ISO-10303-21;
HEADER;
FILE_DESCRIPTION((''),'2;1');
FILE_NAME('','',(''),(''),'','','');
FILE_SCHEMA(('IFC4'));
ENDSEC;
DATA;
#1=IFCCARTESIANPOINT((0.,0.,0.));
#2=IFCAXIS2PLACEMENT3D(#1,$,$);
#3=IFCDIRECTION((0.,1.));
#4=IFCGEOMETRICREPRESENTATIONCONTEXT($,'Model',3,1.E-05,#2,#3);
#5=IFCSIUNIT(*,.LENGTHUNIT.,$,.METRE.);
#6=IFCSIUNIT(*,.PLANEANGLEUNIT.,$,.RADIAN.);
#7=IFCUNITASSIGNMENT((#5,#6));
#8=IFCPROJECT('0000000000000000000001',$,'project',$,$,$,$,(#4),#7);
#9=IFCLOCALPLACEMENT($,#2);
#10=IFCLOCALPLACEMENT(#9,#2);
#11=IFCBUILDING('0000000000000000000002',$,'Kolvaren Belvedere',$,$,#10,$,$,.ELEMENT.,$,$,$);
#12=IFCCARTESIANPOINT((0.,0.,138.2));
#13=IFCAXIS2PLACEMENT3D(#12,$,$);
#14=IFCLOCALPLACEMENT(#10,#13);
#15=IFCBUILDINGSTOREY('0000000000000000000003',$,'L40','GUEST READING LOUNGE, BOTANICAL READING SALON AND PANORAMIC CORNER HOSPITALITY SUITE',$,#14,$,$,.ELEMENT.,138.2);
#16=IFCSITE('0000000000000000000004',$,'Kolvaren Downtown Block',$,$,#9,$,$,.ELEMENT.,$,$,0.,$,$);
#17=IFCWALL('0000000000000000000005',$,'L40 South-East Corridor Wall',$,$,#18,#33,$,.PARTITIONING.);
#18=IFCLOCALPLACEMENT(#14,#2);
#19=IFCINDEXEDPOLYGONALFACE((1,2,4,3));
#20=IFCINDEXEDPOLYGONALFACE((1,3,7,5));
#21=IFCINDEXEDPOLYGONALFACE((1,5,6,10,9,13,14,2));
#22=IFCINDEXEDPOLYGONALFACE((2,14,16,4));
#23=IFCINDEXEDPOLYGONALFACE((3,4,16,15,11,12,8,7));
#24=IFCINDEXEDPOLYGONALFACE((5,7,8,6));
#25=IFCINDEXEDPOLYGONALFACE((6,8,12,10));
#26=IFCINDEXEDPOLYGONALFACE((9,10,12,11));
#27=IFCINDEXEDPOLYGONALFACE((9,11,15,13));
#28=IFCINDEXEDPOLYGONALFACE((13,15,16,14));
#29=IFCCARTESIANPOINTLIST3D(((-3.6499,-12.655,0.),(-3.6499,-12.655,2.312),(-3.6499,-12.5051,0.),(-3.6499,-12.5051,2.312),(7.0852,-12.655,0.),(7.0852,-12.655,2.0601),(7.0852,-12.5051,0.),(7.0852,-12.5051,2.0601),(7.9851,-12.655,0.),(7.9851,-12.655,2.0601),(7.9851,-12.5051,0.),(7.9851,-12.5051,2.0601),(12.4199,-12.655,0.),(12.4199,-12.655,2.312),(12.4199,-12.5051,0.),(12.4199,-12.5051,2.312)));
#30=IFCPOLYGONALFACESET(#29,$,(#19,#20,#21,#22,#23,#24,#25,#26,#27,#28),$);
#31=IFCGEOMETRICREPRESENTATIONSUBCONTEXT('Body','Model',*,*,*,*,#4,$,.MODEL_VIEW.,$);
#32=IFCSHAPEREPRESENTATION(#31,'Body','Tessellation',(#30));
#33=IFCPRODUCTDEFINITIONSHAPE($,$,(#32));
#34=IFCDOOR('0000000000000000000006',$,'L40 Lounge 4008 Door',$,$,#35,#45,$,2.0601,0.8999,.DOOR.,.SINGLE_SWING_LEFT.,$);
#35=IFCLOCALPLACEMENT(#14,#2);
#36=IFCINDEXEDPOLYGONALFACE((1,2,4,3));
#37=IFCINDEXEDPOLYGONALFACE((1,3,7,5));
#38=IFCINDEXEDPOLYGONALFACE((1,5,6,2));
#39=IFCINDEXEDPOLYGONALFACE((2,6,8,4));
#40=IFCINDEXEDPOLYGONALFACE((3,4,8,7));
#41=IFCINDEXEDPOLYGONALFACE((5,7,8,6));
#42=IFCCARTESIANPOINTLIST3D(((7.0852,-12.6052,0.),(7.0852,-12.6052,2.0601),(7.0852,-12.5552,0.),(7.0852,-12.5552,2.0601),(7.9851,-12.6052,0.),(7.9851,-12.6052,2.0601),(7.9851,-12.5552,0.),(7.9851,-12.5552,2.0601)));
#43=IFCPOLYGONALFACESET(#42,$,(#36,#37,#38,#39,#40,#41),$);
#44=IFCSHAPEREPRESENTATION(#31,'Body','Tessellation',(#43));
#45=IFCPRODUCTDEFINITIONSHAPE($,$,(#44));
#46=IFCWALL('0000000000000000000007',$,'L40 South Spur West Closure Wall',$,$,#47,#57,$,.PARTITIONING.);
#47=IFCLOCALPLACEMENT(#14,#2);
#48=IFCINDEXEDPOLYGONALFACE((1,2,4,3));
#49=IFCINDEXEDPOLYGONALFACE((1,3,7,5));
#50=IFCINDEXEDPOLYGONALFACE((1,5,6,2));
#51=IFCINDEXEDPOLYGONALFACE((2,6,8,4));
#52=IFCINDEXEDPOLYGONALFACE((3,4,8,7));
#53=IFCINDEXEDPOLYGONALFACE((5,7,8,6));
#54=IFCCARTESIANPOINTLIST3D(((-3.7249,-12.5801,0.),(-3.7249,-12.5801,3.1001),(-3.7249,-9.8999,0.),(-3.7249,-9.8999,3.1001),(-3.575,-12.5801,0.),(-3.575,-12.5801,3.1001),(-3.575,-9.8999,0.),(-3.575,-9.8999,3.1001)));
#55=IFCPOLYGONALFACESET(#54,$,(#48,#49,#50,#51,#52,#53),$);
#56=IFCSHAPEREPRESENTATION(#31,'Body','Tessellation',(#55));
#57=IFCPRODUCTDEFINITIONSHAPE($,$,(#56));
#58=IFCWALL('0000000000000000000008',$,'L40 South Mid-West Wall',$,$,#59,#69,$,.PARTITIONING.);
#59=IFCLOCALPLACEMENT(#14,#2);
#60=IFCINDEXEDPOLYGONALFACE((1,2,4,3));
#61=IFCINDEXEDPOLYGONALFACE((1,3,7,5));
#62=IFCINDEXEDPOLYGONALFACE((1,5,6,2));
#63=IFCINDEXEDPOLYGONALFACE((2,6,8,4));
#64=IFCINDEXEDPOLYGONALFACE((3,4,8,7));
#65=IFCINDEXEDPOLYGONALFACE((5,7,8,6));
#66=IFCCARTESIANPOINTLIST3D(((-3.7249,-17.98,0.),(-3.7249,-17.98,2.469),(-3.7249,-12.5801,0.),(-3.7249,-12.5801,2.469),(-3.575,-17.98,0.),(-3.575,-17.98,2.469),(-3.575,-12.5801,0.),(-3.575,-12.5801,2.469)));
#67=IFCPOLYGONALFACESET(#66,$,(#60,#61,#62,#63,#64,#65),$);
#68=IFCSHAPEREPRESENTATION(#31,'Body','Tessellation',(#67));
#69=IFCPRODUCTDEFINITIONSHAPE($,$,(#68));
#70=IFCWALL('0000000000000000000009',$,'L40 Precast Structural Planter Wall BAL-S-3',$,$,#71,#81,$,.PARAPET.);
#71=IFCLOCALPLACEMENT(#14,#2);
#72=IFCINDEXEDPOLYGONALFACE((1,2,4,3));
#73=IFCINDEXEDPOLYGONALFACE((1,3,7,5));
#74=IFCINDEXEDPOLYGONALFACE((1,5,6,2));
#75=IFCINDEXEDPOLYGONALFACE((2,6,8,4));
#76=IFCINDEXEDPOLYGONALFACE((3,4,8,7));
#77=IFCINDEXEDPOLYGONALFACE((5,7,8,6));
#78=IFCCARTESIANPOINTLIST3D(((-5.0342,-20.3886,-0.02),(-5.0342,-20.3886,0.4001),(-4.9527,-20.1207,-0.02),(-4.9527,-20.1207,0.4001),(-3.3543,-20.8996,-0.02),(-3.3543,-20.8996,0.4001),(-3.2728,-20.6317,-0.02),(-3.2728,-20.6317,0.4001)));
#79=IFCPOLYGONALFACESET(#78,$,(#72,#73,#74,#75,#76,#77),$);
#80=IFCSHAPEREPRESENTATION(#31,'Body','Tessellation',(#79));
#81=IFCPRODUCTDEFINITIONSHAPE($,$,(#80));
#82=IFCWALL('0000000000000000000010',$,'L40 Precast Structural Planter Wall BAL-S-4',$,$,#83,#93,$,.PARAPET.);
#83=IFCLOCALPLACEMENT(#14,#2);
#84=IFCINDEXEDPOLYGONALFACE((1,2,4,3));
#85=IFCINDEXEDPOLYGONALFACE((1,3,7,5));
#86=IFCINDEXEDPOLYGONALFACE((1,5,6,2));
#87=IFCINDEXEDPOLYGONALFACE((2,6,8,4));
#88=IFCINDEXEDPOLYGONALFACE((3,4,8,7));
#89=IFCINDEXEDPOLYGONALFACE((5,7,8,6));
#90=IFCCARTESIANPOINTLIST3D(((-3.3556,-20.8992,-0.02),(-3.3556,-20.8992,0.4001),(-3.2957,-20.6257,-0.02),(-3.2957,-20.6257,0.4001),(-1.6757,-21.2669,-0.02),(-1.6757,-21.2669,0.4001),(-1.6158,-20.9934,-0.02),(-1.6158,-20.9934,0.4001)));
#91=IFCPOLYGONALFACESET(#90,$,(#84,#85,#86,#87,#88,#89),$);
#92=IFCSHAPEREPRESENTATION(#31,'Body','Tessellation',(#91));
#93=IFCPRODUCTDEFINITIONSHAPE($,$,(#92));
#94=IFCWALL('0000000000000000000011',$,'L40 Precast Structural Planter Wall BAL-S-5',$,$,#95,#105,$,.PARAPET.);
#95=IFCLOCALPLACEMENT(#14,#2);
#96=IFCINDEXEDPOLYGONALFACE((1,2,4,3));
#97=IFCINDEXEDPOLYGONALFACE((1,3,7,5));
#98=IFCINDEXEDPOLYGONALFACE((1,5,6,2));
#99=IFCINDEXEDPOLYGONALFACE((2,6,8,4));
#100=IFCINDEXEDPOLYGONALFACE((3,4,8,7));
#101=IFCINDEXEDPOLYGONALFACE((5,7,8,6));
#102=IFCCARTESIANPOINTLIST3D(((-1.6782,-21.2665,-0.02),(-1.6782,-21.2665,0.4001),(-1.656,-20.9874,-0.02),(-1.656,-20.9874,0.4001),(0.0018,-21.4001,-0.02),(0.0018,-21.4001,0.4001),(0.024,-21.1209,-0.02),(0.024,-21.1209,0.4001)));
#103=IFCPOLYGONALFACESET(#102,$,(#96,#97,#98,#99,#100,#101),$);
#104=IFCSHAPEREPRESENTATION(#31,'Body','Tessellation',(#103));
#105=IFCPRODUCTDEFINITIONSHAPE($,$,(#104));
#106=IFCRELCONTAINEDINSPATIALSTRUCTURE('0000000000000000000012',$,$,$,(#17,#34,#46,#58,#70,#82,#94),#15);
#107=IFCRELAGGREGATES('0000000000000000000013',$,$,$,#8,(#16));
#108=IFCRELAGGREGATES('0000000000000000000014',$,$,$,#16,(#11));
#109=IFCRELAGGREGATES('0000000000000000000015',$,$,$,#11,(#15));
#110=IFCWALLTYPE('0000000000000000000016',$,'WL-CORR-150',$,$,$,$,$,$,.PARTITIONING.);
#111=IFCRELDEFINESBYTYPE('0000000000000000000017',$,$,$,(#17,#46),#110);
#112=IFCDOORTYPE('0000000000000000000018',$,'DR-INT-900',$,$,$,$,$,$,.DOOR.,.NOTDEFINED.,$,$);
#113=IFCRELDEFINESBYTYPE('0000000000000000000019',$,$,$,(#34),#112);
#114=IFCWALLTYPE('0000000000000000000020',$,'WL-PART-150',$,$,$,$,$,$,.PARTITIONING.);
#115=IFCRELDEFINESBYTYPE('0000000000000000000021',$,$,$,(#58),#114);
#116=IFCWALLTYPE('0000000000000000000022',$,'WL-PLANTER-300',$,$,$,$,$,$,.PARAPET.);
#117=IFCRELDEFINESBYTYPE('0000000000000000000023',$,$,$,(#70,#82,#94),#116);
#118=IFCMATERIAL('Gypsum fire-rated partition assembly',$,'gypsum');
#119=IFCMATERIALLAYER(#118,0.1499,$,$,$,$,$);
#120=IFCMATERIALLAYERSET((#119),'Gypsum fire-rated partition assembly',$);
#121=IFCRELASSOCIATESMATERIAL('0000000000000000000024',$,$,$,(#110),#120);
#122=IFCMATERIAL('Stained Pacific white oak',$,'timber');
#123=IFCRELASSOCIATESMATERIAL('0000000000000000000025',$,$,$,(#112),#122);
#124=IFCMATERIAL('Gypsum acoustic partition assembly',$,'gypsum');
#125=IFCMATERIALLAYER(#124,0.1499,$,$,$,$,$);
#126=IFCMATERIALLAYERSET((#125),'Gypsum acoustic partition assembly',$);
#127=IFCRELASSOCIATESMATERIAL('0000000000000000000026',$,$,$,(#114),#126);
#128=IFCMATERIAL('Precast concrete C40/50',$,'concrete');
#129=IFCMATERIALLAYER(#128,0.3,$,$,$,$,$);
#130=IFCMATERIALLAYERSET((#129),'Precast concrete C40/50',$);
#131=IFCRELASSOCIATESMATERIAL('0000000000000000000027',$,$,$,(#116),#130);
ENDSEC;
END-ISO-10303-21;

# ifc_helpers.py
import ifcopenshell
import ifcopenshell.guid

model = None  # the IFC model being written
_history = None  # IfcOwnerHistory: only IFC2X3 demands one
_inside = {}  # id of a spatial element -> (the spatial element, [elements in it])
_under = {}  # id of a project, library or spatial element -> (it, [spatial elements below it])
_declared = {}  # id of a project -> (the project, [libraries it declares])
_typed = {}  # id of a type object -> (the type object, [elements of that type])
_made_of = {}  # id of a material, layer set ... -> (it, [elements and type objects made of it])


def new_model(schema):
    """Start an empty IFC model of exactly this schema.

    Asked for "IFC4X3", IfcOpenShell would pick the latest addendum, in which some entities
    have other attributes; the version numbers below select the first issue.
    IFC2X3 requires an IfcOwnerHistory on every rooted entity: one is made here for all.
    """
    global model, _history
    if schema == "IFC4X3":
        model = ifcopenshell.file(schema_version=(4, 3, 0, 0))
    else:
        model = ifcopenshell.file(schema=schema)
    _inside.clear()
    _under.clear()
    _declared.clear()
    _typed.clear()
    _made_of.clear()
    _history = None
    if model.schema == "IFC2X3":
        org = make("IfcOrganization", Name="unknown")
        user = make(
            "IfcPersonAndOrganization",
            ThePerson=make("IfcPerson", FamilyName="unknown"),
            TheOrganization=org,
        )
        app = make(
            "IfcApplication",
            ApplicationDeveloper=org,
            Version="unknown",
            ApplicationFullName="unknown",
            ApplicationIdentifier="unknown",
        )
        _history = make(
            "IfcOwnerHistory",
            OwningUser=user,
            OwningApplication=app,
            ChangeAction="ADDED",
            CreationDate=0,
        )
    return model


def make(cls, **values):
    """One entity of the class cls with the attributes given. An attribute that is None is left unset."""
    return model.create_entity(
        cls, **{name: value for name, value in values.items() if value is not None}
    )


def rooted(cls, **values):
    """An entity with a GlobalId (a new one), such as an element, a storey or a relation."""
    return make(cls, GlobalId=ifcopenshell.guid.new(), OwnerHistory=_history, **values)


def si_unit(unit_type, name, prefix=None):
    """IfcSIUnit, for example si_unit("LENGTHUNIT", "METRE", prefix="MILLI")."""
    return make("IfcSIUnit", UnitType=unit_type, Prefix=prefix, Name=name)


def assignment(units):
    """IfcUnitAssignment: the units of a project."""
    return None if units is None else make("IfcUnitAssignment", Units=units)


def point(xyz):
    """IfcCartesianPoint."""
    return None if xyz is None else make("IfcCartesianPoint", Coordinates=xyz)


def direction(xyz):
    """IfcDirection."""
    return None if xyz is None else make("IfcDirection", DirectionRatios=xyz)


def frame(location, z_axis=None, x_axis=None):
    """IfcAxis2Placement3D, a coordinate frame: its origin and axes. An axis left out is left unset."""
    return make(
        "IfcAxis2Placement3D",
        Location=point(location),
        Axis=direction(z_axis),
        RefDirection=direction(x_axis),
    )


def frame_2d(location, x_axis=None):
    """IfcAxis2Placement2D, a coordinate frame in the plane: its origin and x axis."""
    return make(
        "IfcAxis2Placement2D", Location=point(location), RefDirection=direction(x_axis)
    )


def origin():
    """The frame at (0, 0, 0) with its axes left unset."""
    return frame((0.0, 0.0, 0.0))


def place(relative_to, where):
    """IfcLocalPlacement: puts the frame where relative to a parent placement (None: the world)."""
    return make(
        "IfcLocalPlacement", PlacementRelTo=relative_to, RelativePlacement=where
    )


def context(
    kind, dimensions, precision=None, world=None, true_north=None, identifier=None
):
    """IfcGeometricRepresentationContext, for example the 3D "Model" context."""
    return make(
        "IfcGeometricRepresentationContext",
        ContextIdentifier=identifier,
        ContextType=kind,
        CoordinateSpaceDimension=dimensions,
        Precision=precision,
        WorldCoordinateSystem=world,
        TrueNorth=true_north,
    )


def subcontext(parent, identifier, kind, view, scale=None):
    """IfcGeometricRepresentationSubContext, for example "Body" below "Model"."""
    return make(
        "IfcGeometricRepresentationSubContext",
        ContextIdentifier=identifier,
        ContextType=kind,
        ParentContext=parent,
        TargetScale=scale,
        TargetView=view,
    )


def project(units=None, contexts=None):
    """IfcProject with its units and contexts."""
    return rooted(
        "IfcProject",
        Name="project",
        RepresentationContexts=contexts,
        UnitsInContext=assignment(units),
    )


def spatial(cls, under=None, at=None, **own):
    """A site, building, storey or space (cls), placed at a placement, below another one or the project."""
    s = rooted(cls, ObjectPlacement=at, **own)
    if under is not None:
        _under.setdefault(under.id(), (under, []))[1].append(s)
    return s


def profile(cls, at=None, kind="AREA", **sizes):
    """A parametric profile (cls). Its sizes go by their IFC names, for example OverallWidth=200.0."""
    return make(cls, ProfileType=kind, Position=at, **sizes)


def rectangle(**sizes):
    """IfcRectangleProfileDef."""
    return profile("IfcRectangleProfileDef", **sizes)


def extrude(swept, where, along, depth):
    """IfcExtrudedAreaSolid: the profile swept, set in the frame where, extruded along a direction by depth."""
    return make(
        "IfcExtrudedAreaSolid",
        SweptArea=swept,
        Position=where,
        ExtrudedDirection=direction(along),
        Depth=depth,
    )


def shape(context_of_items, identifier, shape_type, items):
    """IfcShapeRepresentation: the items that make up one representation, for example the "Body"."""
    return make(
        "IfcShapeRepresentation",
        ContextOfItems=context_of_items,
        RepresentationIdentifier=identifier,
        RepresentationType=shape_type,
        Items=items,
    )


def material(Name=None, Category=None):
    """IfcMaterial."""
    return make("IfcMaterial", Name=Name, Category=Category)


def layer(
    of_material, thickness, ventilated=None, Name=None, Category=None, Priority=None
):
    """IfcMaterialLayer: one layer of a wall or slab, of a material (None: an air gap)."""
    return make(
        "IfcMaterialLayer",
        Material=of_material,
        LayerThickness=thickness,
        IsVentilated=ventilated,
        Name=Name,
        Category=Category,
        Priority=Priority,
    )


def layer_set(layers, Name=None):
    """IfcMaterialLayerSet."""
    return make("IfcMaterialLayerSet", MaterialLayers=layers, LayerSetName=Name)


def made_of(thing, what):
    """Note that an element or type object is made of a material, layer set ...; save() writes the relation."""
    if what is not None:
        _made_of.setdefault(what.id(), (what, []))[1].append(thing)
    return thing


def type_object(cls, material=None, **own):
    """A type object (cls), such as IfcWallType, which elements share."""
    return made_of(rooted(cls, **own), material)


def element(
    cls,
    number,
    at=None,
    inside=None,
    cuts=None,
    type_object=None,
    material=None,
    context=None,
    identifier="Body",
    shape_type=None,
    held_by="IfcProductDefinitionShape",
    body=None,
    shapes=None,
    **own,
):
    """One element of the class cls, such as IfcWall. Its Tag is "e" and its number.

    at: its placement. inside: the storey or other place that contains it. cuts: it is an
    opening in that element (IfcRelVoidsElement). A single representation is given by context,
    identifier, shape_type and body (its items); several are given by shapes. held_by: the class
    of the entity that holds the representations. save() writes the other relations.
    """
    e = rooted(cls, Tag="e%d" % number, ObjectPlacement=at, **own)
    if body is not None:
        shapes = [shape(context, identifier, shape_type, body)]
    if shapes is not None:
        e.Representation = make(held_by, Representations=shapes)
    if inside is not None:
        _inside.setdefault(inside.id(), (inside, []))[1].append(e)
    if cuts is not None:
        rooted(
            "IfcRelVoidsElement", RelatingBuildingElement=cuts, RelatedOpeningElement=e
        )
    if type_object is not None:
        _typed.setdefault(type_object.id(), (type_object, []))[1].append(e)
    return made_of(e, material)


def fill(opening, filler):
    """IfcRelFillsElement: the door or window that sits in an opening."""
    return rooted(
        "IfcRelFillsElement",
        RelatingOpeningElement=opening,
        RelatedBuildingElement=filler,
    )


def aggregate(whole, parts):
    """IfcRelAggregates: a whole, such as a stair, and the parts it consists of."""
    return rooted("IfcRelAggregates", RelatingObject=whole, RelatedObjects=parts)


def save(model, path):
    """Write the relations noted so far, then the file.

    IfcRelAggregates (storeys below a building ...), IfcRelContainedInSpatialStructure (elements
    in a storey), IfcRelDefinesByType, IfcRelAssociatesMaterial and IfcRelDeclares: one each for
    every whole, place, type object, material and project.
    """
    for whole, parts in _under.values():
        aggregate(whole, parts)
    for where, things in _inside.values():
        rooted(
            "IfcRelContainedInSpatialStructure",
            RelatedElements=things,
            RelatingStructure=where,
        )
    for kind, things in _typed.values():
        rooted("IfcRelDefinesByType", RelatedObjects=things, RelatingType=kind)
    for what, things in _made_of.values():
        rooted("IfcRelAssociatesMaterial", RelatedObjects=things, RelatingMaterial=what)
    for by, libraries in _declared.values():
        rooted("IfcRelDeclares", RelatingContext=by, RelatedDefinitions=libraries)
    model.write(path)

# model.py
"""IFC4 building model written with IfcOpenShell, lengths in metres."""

from ifc_helpers import new_model, si_unit, direction, frame, frame_2d, origin, place, context, subcontext, project, spatial, rectangle, extrude, material, layer, layer_set, type_object, element, fill, save


model = new_model("IFC4")

# Units and contexts
model_context = context("Model", 3, precision=1e-05, world=origin(), true_north=direction((0.0, 1.0)))
body_context = subcontext(model_context, "Body", "Model", "MODEL_VIEW")
ifc_project = project(units=[si_unit("LENGTHUNIT", "METRE"), si_unit("PLANEANGLEUNIT", "RADIAN")], contexts=[model_context])

# Site, building, storey
site_placement = place(None, origin())
site = spatial("IfcSite", under=ifc_project, at=site_placement, Name="Kolvaren Downtown Block", CompositionType="ELEMENT", RefElevation=0.0)
building_placement = place(site_placement, origin())
building = spatial("IfcBuilding", under=site, at=building_placement, Name="Kolvaren Belvedere", CompositionType="ELEMENT")
storey_placement = place(building_placement, frame((0.0, 0.0, 138.2)))
storey = spatial("IfcBuildingStorey", under=building, at=storey_placement, Name="L40", Description="GUEST READING LOUNGE, BOTANICAL READING SALON AND PANORAMIC CORNER HOSPITALITY SUITE", CompositionType="ELEMENT", Elevation=138.2)

# Wall, opening, door
ifc_material_1 = material(Name="Gypsum fire-rated partition assembly", Category="gypsum")
ifc_layer_1 = layer(ifc_material_1, 0.1499)
ifc_layer_set_1 = layer_set([ifc_layer_1], Name="Gypsum fire-rated partition assembly")
wall_type_1 = type_object("IfcWallType", Name="WL-CORR-150", PredefinedType="PARTITIONING", material=ifc_layer_set_1)
wall_1_placement = place(storey_placement, frame((-3.6499, -12.5801, 0.0), z_axis=(0.0, 0.0, 1.0), x_axis=(1.0, 0.0, 0.0)))
wall_1 = element("IfcWall", 1, at=wall_1_placement, inside=storey, type_object=wall_type_1, Name="L40 South-East Corridor Wall", PredefinedType="PARTITIONING", context=body_context, shape_type="SweptSolid", body=[
    extrude(rectangle(XDim=16.0698, YDim=0.1499, at=frame_2d((8.0349, 0.0))), origin(), (0.0, 0.0, 1.0), 2.312),
])
opening_placement = place(wall_1_placement, frame((10.7351, 0.0, 0.0)))
opening = element("IfcOpeningElement", 2, at=opening_placement, cuts=wall_1, PredefinedType="OPENING", context=body_context, shape_type="SweptSolid", body=[
    extrude(rectangle(XDim=0.8999, YDim=2.0601, at=frame_2d((0.45, 1.03))), frame((0.0, 0.085, 0.0), z_axis=(0.0, -1.0, 0.0), x_axis=(1.0, 0.0, 0.0)), (0.0, 0.0, 1.0), 0.1699),
])
ifc_material_2 = material(Name="Stained Pacific white oak", Category="timber")
door_type = type_object("IfcDoorType", Name="DR-INT-900", OperationType="NOTDEFINED", PredefinedType="DOOR", material=ifc_material_2)
door_placement = place(opening_placement, origin())
door = element("IfcDoor", 3, at=door_placement, inside=storey, type_object=door_type, Name="L40 Lounge 4008 Door", OperationType="SINGLE_SWING_LEFT", OverallHeight=2.0601, OverallWidth=0.8999, PredefinedType="DOOR", context=body_context, shape_type="SweptSolid", body=[
    extrude(rectangle(XDim=0.8999, YDim=2.0601, at=frame_2d((0.45, 1.03))), frame((0.0, 0.0249, 0.0), z_axis=(0.0, -1.0, 0.0), x_axis=(1.0, 0.0, 0.0)), (0.0, 0.0, 1.0), 0.05),
])
fill(opening, door)

# Walls
wall_2_placement = place(storey_placement, frame((-3.6499, -12.5801, 0.0), z_axis=(0.0, 0.0, 1.0), x_axis=(0.0, 1.0, 0.0)))
element("IfcWall", 4, at=wall_2_placement, inside=storey, type_object=wall_type_1, Name="L40 South Spur West Closure Wall", PredefinedType="PARTITIONING", context=body_context, shape_type="SweptSolid", body=[
    extrude(rectangle(XDim=2.6802, YDim=0.1499, at=frame_2d((1.3401, 0.0))), origin(), (0.0, 0.0, 1.0), 3.1001),
])
ifc_material_3 = material(Name="Gypsum acoustic partition assembly", Category="gypsum")
ifc_layer_2 = layer(ifc_material_3, 0.1499)
ifc_layer_set_2 = layer_set([ifc_layer_2], Name="Gypsum acoustic partition assembly")
wall_type_2 = type_object("IfcWallType", Name="WL-PART-150", PredefinedType="PARTITIONING", material=ifc_layer_set_2)
wall_3_placement = place(storey_placement, frame((-3.6499, -17.98, 0.0), z_axis=(0.0, 0.0, 1.0), x_axis=(0.0, 1.0, 0.0)))
element("IfcWall", 5, at=wall_3_placement, inside=storey, type_object=wall_type_2, Name="L40 South Mid-West Wall", PredefinedType="PARTITIONING", context=body_context, shape_type="SweptSolid", body=[
    extrude(rectangle(XDim=5.3999, YDim=0.1499, at=frame_2d((2.7, 0.0))), origin(), (0.0, 0.0, 1.0), 2.469),
])
ifc_material_4 = material(Name="Precast concrete C40/50", Category="concrete")
ifc_layer_3 = layer(ifc_material_4, 0.3)
ifc_layer_set_3 = layer_set([ifc_layer_3], Name="Precast concrete C40/50")
wall_type_3 = type_object("IfcWallType", Name="WL-PLANTER-300", PredefinedType="PARAPET", material=ifc_layer_set_3)
wall_4_placement = place(storey_placement, frame((-4.9934, -20.2546, -0.02), z_axis=(0.0, 0.0, 1.0), x_axis=(0.956721, -0.291007, 0.0)))
element("IfcWall", 6, at=wall_4_placement, inside=storey, type_object=wall_type_3, Name="L40 Precast Structural Planter Wall BAL-S-3", PredefinedType="PARAPET", context=body_context, shape_type="SweptSolid", body=[
    extrude(rectangle(XDim=1.7559, YDim=0.28, at=frame_2d((0.8779, 0.0))), origin(), (0.0, 0.0, 1.0), 0.4202),
])
wall_5_placement = place(storey_placement, frame((-3.3257, -20.7625, -0.02), z_axis=(0.0, 0.0, 1.0), x_axis=(0.976877, -0.213803, 0.0)))
element("IfcWall", 7, at=wall_5_placement, inside=storey, type_object=wall_type_3, Name="L40 Precast Structural Planter Wall BAL-S-4", PredefinedType="PARAPET", context=body_context, shape_type="SweptSolid", body=[
    extrude(rectangle(XDim=1.7197, YDim=0.28, at=frame_2d((0.8599, 0.0))), origin(), (0.0, 0.0, 1.0), 0.4202),
])
wall_6_placement = place(storey_placement, frame((-1.6672, -21.127, -0.02), z_axis=(0.0, 0.0, 1.0), x_axis=(0.996855, -0.079244, 0.0)))
element("IfcWall", 8, at=wall_6_placement, inside=storey, type_object=wall_type_3, Name="L40 Precast Structural Planter Wall BAL-S-5", PredefinedType="PARAPET", context=body_context, shape_type="SweptSolid", body=[
    extrude(rectangle(XDim=1.6853, YDim=0.28, at=frame_2d((0.8428, 0.0))), origin(), (0.0, 0.0, 1.0), 0.4202),
])

save(model, "model.ifc")
